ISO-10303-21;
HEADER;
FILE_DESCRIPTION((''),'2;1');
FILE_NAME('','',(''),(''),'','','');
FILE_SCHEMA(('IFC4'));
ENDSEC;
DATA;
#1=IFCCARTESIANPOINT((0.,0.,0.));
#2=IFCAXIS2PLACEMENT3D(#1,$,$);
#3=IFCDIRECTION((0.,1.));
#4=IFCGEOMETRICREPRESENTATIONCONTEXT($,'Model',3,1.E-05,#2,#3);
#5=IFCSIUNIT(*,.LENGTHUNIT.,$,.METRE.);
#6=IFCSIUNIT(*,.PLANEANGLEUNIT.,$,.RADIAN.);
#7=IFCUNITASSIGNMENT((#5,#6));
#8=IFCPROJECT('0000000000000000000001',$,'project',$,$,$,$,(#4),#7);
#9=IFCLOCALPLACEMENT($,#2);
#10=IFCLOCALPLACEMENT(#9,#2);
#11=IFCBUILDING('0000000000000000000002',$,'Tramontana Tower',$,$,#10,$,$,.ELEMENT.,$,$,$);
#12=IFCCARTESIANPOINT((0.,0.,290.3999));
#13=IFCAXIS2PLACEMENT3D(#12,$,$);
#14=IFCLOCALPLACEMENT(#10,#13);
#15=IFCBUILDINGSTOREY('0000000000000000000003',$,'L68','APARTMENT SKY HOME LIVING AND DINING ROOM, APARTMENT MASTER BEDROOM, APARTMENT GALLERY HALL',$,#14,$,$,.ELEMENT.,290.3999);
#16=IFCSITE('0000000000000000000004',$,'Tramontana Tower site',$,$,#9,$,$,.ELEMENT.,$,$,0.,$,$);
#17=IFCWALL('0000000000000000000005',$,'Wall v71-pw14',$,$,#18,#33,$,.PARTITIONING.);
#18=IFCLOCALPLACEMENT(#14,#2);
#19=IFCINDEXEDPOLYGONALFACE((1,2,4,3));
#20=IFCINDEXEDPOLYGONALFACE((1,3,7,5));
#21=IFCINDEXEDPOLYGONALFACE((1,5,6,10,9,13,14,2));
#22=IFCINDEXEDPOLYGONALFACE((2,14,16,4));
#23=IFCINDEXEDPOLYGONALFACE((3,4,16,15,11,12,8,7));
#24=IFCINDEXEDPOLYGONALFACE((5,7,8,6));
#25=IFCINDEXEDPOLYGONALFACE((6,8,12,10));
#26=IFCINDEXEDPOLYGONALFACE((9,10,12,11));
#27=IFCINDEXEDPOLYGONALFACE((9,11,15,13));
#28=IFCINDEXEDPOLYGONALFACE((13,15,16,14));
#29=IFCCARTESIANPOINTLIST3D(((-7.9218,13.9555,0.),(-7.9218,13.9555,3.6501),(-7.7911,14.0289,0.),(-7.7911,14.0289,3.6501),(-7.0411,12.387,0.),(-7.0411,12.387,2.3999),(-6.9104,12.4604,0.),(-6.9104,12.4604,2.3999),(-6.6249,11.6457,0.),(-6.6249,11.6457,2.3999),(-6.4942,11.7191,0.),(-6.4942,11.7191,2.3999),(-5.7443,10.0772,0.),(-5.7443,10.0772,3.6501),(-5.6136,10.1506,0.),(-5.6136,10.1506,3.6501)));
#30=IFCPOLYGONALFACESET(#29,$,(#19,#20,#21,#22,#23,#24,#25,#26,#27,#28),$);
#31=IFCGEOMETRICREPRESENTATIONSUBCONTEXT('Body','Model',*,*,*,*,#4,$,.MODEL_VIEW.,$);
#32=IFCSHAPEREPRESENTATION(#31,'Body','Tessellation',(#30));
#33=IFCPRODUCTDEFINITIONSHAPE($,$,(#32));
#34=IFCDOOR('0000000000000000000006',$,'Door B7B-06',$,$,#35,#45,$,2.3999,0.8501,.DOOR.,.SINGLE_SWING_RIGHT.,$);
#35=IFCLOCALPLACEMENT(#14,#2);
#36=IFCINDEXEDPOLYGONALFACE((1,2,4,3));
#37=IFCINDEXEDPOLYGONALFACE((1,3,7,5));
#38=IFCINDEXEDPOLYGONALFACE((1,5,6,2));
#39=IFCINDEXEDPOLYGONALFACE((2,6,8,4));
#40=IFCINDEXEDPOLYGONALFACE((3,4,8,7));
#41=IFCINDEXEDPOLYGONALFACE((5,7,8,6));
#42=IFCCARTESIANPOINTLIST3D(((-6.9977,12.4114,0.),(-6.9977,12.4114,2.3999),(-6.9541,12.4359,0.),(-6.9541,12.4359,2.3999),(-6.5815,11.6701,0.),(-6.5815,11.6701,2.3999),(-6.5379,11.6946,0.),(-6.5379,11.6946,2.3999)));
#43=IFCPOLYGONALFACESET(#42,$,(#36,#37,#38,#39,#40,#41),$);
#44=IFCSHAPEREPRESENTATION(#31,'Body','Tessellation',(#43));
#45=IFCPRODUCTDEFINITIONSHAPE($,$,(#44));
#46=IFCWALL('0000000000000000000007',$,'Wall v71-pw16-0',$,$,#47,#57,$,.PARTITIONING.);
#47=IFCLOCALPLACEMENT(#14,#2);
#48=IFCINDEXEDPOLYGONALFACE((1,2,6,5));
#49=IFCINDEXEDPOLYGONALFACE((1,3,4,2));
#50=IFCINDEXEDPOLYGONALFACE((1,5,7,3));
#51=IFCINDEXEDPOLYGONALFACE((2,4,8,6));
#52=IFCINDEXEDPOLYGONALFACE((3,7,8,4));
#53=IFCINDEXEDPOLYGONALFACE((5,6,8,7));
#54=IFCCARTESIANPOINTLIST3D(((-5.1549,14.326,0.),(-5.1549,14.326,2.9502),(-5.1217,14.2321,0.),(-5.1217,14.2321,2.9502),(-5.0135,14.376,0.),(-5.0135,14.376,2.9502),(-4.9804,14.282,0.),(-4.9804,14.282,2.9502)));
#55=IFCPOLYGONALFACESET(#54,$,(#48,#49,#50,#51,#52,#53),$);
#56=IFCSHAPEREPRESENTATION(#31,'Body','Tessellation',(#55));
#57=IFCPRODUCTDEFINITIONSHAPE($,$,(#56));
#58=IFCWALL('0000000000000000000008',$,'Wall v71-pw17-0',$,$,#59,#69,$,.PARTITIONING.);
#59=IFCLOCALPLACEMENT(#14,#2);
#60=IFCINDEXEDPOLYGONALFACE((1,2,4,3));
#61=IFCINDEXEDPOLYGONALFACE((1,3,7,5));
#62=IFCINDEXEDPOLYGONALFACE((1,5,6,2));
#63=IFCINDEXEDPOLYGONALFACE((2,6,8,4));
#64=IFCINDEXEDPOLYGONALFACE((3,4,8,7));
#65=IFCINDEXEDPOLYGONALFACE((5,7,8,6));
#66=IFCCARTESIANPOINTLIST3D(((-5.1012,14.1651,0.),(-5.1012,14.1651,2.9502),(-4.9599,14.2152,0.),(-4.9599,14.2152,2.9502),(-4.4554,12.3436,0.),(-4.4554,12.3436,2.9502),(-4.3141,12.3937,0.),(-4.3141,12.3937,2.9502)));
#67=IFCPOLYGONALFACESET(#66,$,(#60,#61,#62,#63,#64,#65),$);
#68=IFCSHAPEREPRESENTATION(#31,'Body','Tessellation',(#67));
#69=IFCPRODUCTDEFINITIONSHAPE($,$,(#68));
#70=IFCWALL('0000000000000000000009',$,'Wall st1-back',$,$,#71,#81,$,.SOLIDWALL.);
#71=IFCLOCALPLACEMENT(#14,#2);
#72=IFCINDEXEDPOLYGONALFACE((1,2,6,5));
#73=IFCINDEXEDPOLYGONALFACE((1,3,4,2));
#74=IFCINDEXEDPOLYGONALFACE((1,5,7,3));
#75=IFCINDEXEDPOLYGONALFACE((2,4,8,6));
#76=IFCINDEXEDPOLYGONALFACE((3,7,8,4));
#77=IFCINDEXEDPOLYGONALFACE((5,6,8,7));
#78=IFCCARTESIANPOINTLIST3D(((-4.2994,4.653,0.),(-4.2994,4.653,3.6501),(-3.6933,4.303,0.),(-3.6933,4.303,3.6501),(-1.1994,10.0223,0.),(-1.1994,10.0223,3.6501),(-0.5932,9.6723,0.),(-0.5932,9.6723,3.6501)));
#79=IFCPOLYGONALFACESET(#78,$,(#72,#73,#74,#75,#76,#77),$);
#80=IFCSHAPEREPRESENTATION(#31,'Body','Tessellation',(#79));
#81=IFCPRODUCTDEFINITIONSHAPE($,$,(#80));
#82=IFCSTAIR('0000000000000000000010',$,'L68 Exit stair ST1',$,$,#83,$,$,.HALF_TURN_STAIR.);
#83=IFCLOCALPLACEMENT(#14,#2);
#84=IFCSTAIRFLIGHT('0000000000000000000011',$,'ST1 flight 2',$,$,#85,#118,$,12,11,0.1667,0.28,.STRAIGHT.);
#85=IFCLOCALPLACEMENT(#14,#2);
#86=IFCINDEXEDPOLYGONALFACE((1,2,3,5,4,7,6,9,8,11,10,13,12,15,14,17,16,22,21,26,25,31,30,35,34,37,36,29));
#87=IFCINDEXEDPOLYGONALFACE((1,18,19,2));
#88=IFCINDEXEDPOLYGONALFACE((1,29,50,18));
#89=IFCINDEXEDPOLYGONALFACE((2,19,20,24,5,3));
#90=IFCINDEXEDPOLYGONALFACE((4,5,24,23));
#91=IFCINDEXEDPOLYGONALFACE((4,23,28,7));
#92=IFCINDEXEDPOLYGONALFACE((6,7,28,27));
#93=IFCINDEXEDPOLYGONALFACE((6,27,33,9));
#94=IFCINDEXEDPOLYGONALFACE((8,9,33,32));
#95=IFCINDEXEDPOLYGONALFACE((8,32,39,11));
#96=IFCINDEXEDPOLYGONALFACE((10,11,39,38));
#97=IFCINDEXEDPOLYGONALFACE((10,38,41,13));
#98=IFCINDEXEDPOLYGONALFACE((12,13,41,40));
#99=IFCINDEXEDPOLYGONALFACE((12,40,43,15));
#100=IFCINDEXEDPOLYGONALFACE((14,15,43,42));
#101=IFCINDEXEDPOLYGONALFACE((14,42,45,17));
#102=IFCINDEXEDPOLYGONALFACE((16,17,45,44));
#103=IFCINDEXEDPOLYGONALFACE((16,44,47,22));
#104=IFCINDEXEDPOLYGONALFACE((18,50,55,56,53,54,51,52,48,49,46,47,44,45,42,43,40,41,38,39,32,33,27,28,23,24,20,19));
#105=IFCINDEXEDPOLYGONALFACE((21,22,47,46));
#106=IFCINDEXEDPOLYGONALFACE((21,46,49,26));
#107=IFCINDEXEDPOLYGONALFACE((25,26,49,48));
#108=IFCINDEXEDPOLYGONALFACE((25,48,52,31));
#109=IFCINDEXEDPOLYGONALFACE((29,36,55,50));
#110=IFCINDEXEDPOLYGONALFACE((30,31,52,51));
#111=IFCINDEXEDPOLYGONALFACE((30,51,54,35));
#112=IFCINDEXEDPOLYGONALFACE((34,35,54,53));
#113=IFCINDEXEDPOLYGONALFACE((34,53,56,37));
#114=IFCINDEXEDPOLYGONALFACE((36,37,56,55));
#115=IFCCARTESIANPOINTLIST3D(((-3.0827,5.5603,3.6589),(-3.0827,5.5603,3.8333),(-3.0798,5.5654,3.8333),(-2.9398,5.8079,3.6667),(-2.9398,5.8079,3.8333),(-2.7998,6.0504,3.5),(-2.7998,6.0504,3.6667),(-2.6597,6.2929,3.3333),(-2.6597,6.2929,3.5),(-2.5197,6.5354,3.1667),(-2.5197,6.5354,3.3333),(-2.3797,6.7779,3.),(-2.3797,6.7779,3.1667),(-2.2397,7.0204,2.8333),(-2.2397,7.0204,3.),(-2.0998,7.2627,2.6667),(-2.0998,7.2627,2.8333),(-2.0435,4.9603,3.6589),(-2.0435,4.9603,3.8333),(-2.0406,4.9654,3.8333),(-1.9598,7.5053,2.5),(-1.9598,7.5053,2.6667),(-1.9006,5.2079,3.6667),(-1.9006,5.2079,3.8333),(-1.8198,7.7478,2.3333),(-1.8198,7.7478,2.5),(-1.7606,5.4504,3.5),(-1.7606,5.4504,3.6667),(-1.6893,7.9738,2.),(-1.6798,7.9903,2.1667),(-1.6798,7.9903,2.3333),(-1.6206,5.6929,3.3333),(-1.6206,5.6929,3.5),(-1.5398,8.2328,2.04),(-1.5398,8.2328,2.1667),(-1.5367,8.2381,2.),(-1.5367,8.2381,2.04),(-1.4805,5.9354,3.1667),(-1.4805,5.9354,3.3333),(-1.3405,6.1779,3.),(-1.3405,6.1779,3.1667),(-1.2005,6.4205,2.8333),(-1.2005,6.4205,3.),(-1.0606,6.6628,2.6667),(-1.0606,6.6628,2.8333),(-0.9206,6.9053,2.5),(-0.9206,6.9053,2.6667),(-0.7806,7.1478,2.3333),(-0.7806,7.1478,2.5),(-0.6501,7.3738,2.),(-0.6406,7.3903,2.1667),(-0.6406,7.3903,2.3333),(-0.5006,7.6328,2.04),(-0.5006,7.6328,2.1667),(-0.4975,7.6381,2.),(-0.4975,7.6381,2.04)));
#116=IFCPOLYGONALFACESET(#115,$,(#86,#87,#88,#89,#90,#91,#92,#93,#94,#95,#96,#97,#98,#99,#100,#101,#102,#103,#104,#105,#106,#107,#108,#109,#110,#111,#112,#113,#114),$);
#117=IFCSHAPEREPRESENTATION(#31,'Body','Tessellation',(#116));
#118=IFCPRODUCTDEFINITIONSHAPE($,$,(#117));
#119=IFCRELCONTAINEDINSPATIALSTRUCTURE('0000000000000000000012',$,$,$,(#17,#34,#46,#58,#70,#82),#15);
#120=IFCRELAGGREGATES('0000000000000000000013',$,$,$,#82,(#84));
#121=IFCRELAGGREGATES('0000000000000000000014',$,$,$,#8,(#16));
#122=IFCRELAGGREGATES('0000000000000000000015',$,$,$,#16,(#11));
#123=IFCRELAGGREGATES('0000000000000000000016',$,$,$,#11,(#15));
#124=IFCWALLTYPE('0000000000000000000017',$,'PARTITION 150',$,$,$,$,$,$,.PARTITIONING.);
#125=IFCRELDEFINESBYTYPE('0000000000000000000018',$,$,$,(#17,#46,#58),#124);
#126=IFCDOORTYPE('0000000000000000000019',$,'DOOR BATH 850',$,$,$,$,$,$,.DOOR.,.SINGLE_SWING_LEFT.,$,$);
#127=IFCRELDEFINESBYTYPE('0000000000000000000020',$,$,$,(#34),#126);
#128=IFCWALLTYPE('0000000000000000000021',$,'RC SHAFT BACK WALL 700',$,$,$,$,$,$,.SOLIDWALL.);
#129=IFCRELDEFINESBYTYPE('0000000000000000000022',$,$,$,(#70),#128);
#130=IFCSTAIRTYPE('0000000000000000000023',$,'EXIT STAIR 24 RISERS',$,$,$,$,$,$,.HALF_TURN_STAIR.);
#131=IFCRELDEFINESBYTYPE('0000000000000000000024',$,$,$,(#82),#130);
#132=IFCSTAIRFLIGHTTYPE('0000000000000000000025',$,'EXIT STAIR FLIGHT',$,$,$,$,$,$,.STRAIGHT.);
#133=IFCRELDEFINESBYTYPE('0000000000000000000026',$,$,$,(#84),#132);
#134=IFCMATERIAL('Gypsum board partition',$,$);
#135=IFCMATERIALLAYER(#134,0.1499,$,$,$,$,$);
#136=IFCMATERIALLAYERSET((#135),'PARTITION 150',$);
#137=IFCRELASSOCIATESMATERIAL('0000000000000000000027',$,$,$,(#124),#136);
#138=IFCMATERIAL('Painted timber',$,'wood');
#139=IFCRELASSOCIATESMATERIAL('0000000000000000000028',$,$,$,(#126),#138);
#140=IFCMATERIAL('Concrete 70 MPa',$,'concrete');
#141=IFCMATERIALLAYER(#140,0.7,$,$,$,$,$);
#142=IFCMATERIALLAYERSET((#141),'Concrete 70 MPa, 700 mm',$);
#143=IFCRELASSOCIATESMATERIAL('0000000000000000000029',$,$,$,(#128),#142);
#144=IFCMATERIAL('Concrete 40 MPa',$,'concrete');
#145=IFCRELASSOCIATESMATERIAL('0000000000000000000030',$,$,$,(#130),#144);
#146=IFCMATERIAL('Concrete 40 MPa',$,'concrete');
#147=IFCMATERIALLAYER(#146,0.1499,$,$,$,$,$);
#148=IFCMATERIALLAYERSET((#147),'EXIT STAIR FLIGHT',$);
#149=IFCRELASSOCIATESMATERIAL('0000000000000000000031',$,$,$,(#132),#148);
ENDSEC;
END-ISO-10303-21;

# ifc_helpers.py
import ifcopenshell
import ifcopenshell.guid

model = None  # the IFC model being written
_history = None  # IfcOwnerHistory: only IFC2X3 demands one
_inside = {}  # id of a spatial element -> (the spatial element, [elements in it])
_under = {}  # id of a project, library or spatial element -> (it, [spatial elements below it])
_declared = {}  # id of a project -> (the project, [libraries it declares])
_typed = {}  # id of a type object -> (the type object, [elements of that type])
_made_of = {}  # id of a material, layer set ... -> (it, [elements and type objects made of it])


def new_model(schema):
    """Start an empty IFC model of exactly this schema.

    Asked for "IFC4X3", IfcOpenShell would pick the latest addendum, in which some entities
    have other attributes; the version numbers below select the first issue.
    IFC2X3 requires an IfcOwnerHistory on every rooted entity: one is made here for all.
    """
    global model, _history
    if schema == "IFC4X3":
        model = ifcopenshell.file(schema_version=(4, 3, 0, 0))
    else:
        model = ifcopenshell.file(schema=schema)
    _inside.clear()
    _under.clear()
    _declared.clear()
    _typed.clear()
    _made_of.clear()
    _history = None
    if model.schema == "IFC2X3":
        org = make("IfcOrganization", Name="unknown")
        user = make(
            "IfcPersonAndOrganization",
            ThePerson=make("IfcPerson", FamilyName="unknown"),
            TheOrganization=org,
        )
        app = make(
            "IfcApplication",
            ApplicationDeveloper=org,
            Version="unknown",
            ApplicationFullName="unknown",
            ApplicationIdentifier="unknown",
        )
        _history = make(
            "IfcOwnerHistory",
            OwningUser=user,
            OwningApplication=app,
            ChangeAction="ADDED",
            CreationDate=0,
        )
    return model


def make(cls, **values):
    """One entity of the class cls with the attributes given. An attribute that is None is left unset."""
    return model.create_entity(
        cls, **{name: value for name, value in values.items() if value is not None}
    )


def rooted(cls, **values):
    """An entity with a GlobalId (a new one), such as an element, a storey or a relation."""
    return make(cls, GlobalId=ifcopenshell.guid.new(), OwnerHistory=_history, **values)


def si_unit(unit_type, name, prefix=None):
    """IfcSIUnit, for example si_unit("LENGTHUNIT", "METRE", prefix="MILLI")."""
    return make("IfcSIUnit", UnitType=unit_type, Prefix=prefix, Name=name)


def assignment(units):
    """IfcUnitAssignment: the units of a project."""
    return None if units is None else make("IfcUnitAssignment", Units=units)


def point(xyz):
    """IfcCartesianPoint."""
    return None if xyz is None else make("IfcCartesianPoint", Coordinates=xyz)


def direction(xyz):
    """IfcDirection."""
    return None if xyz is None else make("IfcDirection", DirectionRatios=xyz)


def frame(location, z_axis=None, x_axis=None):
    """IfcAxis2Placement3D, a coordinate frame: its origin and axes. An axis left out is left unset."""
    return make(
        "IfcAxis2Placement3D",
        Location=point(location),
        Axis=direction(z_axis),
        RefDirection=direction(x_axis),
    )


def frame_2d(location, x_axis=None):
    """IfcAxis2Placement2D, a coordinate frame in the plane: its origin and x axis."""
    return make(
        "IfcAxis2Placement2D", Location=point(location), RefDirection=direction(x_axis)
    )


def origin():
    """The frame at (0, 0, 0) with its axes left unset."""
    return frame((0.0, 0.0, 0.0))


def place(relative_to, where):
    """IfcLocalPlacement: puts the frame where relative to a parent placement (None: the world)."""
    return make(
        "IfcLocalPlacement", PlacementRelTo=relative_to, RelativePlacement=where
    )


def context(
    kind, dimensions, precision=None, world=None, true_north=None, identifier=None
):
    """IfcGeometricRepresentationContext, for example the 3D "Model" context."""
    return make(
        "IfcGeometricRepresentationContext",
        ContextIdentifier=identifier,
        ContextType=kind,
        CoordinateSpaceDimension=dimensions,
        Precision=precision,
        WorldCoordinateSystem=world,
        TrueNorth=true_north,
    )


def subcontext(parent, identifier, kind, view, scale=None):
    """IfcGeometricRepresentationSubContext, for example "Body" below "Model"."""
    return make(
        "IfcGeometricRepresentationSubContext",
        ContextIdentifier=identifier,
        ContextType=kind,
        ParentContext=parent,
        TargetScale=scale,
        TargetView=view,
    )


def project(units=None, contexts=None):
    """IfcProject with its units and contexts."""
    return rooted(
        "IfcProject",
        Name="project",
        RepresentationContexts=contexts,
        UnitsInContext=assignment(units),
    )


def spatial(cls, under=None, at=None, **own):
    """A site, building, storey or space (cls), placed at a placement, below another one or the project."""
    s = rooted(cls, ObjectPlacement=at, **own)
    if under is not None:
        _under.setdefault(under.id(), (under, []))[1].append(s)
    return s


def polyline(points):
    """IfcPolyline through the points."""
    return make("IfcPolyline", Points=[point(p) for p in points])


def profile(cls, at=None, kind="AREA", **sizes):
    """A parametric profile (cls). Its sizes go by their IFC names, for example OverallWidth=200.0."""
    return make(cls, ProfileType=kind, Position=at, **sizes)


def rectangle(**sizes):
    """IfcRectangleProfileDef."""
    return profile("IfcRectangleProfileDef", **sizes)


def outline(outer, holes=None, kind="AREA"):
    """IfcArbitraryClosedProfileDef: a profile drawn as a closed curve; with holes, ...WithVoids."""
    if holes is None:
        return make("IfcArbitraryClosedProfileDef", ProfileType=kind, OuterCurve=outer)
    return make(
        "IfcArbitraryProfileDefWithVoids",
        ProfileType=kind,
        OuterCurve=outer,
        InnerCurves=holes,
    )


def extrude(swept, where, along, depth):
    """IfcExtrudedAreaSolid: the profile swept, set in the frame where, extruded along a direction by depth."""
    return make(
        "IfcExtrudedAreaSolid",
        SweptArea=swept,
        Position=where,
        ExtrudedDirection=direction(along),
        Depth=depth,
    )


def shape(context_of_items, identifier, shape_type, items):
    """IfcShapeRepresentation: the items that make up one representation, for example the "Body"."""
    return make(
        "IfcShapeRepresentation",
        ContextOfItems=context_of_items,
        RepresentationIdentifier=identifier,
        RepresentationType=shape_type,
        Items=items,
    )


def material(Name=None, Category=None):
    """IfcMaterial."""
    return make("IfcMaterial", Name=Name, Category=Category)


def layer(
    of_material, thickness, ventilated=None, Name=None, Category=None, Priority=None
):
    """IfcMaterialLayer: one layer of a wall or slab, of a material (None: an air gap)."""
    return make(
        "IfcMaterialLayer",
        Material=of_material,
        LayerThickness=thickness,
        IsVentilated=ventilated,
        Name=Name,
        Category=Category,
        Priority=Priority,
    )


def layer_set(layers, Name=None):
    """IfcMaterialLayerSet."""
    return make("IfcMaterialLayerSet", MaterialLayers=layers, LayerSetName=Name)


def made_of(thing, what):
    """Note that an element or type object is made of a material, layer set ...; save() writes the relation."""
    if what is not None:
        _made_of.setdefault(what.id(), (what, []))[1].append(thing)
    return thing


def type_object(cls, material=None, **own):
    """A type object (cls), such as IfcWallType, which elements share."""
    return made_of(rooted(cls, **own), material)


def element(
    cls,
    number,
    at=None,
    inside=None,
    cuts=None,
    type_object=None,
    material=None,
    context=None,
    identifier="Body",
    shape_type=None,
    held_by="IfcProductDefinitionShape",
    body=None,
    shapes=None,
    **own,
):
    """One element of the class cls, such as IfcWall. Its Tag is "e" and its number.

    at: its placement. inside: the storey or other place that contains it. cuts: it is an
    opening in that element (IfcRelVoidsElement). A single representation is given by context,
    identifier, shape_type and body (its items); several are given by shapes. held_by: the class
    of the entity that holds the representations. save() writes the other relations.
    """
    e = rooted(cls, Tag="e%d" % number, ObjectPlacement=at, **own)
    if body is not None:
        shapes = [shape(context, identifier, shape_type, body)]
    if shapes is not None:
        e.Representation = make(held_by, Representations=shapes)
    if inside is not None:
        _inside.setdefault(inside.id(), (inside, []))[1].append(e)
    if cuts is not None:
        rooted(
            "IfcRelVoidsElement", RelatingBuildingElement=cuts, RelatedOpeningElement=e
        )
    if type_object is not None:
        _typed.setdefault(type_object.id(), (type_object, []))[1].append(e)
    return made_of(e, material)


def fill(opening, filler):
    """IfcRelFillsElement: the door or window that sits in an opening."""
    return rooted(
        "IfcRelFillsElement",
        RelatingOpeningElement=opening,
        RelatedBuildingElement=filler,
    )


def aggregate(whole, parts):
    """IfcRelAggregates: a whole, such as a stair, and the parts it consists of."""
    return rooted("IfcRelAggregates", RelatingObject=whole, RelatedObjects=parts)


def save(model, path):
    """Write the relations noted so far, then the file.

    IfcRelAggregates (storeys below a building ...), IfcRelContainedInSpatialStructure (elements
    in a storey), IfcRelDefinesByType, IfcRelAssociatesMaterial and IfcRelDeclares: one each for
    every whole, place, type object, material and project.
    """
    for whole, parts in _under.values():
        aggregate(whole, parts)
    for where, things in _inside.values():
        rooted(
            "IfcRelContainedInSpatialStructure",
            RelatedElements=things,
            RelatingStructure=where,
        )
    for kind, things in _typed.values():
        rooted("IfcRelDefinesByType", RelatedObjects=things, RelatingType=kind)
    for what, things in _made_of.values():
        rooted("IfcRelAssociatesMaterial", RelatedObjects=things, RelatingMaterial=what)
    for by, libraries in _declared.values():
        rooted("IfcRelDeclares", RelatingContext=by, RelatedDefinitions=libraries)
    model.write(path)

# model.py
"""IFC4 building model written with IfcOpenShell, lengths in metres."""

from ifc_helpers import new_model, si_unit, direction, frame, frame_2d, origin, place, context, subcontext, project, spatial, polyline, rectangle, outline, extrude, material, layer, layer_set, type_object, element, fill, aggregate, save


model = new_model("IFC4")

# Units and contexts
model_context = context("Model", 3, precision=1e-05, world=origin(), true_north=direction((0.0, 1.0)))
body_context = subcontext(model_context, "Body", "Model", "MODEL_VIEW")
ifc_project = project(units=[si_unit("LENGTHUNIT", "METRE"), si_unit("PLANEANGLEUNIT", "RADIAN")], contexts=[model_context])

# Site, building, storey
site_placement = place(None, origin())
site = spatial("IfcSite", under=ifc_project, at=site_placement, Name="Tramontana Tower site", CompositionType="ELEMENT", RefElevation=0.0)
building_placement = place(site_placement, origin())
building = spatial("IfcBuilding", under=site, at=building_placement, Name="Tramontana Tower", CompositionType="ELEMENT")
storey_placement = place(building_placement, frame((0.0, 0.0, 290.3999)))
storey = spatial("IfcBuildingStorey", under=building, at=storey_placement, Name="L68", Description="APARTMENT SKY HOME LIVING AND DINING ROOM, APARTMENT MASTER BEDROOM, APARTMENT GALLERY HALL", CompositionType="ELEMENT", Elevation=290.3999)

# Shared definitions
ifc_material_1 = material(Name="Gypsum board partition")
ifc_layer_1 = layer(ifc_material_1, 0.1499)
ifc_layer_set_1 = layer_set([ifc_layer_1], Name="PARTITION 150")
wall_type_1 = type_object("IfcWallType", Name="PARTITION 150", PredefinedType="PARTITIONING", material=ifc_layer_set_1)

# Wall, opening, door
wall_1_placement = place(storey_placement, frame((-7.8564, 13.9922, 0.0), z_axis=(0.0, 0.0, 1.0), x_axis=(0.489581, -0.871958, 0.0)))
wall_1 = element("IfcWall", 1, at=wall_1_placement, inside=storey, type_object=wall_type_1, Name="Wall v71-pw14", PredefinedType="PARTITIONING", context=body_context, shape_type="SweptSolid", body=[
    extrude(rectangle(XDim=4.4478, YDim=0.1499, at=frame_2d((2.2239, 0.0))), origin(), (0.0, 0.0, 1.0), 3.6501),
])
opening_1_placement = place(wall_1_placement, frame((1.7988, 0.0, 0.0)))
opening_1 = element("IfcOpeningElement", 2, at=opening_1_placement, cuts=wall_1, PredefinedType="OPENING", context=body_context, shape_type="SweptSolid", body=[
    extrude(rectangle(XDim=0.8501, YDim=2.3999, at=frame_2d((0.425, 1.2))), frame((0.0, 0.085, 0.0), z_axis=(0.0, -1.0, 0.0), x_axis=(1.0, 0.0, 0.0)), (0.0, 0.0, 1.0), 0.1699),
])
ifc_material_2 = material(Name="Painted timber", Category="wood")
door_type_1 = type_object("IfcDoorType", Name="DOOR BATH 850", OperationType="SINGLE_SWING_LEFT", PredefinedType="DOOR", material=ifc_material_2)
door_1_placement = place(opening_1_placement, origin())
door_1 = element("IfcDoor", 3, at=door_1_placement, inside=storey, type_object=door_type_1, Name="Door B7B-06", OperationType="SINGLE_SWING_RIGHT", OverallHeight=2.3999, OverallWidth=0.8501, PredefinedType="DOOR", context=body_context, shape_type="SweptSolid", body=[
    extrude(rectangle(XDim=0.8501, YDim=2.3999, at=frame_2d((0.425, 1.2))), frame((0.0, 0.0249, 0.0), z_axis=(0.0, -1.0, 0.0), x_axis=(1.0, 0.0, 0.0)), (0.0, 0.0, 1.0), 0.05),
])
fill(opening_1, door_1)

# Walls
wall_2_placement = place(storey_placement, frame((-5.051, 14.2571, 0.0), z_axis=(0.0, 0.0, 1.0), x_axis=(-0.333076, 0.9429, 0.0)))
element("IfcWall", 4, at=wall_2_placement, inside=storey, type_object=wall_type_1, Name="Wall v71-pw16-0", PredefinedType="PARTITIONING", context=body_context, shape_type="SweptSolid", body=[
    extrude(rectangle(XDim=0.0996, YDim=0.1499, at=frame_2d((0.0498, 0.0))), origin(), (0.0, 0.0, 1.0), 2.9502),
])
wall_3_placement = place(storey_placement, frame((-5.0305, 14.1902, 0.0), z_axis=(0.0, 0.0, 1.0), x_axis=(0.334135, -0.942525, 0.0)))
element("IfcWall", 5, at=wall_3_placement, inside=storey, type_object=wall_type_1, Name="Wall v71-pw17-0", PredefinedType="PARTITIONING", context=body_context, shape_type="SweptSolid", body=[
    extrude(rectangle(XDim=1.9326, YDim=0.1499, at=frame_2d((0.9663, 0.0))), origin(), (0.0, 0.0, 1.0), 2.9502),
])
ifc_material_3 = material(Name="Concrete 70 MPa", Category="concrete")
ifc_layer_2 = layer(ifc_material_3, 0.7)
ifc_layer_set_2 = layer_set([ifc_layer_2], Name="Concrete 70 MPa, 700 mm")
wall_type_2 = type_object("IfcWallType", Name="RC SHAFT BACK WALL 700", PredefinedType="SOLIDWALL", material=ifc_layer_set_2)
wall_4_placement = place(storey_placement, frame((-0.8962, 9.8474, 0.0), z_axis=(0.0, 0.0, 1.0), x_axis=(-0.50001, -0.86602, 0.0)))
element("IfcWall", 6, at=wall_4_placement, inside=storey, type_object=wall_type_2, Name="Wall st1-back", PredefinedType="SOLIDWALL", context=body_context, shape_type="SweptSolid", body=[
    extrude(rectangle(XDim=6.2, YDim=0.7, at=frame_2d((3.1001, 0.0))), origin(), (0.0, 0.0, 1.0), 3.6501),
])

# Stair, stair flight
ifc_material_4 = material(Name="Concrete 40 MPa", Category="concrete")
stair_type = type_object("IfcStairType", Name="EXIT STAIR 24 RISERS", PredefinedType="HALF_TURN_STAIR", material=ifc_material_4)
stair_placement = place(storey_placement, origin())
stair = element("IfcStair", 7, at=stair_placement, inside=storey, type_object=stair_type, Name="L68 Exit stair ST1", PredefinedType="HALF_TURN_STAIR")
ifc_material_5 = material(Name="Concrete 40 MPa", Category="concrete")
ifc_layer_3 = layer(ifc_material_5, 0.1499)
ifc_layer_set_3 = layer_set([ifc_layer_3], Name="EXIT STAIR FLIGHT")
stair_flight_type = type_object("IfcStairFlightType", Name="EXIT STAIR FLIGHT", PredefinedType="STRAIGHT", material=ifc_layer_set_3)
stair_flight_placement = place(storey_placement, frame((-1.0203, 7.9329, 2.0), z_axis=(0.0, 0.0, 1.0), x_axis=(-0.5, -0.866025, 0.0)))
stair_flight = element("IfcStairFlight", 8, at=stair_flight_placement, type_object=stair_flight_type, Name="ST1 flight 2", NumberOfRisers=12, NumberOfTreads=11, PredefinedType="STRAIGHT", RiserHeight=0.1667, TreadLength=0.28, context=body_context, shape_type="SweptSolid", body=[
    extrude(outline(polyline([(-0.0061, 0.0), (-0.0061, 0.04), (0.0, 0.04), (0.0, 0.1667), (0.28, 0.1667), (0.28, 0.3333), (0.5601, 0.3333), (0.5601, 0.5), (0.8401, 0.5), (0.8401, 0.6667), (1.1201, 0.6667), (1.1201, 0.8333), (1.3999, 0.8333), (1.3999, 1.0), (1.6799, 1.0), (1.6799, 1.1667), (1.96, 1.1667), (1.96, 1.3333), (2.24, 1.3333), (2.24, 1.5), (2.52, 1.5), (2.52, 1.6667), (2.8, 1.6667), (2.8, 1.8333), (3.0801, 1.8333), (3.0859, 1.8333), (3.0859, 1.6589), (0.2991, 0.0), (-0.0061, 0.0)])), frame((0.0, 0.6001, 0.0), z_axis=(0.0, -1.0, 0.0), x_axis=(1.0, 0.0, 0.0)), (0.0, 0.0, 1.0), 1.2),
])
aggregate(stair, [stair_flight])

save(model, "model.ifc")
